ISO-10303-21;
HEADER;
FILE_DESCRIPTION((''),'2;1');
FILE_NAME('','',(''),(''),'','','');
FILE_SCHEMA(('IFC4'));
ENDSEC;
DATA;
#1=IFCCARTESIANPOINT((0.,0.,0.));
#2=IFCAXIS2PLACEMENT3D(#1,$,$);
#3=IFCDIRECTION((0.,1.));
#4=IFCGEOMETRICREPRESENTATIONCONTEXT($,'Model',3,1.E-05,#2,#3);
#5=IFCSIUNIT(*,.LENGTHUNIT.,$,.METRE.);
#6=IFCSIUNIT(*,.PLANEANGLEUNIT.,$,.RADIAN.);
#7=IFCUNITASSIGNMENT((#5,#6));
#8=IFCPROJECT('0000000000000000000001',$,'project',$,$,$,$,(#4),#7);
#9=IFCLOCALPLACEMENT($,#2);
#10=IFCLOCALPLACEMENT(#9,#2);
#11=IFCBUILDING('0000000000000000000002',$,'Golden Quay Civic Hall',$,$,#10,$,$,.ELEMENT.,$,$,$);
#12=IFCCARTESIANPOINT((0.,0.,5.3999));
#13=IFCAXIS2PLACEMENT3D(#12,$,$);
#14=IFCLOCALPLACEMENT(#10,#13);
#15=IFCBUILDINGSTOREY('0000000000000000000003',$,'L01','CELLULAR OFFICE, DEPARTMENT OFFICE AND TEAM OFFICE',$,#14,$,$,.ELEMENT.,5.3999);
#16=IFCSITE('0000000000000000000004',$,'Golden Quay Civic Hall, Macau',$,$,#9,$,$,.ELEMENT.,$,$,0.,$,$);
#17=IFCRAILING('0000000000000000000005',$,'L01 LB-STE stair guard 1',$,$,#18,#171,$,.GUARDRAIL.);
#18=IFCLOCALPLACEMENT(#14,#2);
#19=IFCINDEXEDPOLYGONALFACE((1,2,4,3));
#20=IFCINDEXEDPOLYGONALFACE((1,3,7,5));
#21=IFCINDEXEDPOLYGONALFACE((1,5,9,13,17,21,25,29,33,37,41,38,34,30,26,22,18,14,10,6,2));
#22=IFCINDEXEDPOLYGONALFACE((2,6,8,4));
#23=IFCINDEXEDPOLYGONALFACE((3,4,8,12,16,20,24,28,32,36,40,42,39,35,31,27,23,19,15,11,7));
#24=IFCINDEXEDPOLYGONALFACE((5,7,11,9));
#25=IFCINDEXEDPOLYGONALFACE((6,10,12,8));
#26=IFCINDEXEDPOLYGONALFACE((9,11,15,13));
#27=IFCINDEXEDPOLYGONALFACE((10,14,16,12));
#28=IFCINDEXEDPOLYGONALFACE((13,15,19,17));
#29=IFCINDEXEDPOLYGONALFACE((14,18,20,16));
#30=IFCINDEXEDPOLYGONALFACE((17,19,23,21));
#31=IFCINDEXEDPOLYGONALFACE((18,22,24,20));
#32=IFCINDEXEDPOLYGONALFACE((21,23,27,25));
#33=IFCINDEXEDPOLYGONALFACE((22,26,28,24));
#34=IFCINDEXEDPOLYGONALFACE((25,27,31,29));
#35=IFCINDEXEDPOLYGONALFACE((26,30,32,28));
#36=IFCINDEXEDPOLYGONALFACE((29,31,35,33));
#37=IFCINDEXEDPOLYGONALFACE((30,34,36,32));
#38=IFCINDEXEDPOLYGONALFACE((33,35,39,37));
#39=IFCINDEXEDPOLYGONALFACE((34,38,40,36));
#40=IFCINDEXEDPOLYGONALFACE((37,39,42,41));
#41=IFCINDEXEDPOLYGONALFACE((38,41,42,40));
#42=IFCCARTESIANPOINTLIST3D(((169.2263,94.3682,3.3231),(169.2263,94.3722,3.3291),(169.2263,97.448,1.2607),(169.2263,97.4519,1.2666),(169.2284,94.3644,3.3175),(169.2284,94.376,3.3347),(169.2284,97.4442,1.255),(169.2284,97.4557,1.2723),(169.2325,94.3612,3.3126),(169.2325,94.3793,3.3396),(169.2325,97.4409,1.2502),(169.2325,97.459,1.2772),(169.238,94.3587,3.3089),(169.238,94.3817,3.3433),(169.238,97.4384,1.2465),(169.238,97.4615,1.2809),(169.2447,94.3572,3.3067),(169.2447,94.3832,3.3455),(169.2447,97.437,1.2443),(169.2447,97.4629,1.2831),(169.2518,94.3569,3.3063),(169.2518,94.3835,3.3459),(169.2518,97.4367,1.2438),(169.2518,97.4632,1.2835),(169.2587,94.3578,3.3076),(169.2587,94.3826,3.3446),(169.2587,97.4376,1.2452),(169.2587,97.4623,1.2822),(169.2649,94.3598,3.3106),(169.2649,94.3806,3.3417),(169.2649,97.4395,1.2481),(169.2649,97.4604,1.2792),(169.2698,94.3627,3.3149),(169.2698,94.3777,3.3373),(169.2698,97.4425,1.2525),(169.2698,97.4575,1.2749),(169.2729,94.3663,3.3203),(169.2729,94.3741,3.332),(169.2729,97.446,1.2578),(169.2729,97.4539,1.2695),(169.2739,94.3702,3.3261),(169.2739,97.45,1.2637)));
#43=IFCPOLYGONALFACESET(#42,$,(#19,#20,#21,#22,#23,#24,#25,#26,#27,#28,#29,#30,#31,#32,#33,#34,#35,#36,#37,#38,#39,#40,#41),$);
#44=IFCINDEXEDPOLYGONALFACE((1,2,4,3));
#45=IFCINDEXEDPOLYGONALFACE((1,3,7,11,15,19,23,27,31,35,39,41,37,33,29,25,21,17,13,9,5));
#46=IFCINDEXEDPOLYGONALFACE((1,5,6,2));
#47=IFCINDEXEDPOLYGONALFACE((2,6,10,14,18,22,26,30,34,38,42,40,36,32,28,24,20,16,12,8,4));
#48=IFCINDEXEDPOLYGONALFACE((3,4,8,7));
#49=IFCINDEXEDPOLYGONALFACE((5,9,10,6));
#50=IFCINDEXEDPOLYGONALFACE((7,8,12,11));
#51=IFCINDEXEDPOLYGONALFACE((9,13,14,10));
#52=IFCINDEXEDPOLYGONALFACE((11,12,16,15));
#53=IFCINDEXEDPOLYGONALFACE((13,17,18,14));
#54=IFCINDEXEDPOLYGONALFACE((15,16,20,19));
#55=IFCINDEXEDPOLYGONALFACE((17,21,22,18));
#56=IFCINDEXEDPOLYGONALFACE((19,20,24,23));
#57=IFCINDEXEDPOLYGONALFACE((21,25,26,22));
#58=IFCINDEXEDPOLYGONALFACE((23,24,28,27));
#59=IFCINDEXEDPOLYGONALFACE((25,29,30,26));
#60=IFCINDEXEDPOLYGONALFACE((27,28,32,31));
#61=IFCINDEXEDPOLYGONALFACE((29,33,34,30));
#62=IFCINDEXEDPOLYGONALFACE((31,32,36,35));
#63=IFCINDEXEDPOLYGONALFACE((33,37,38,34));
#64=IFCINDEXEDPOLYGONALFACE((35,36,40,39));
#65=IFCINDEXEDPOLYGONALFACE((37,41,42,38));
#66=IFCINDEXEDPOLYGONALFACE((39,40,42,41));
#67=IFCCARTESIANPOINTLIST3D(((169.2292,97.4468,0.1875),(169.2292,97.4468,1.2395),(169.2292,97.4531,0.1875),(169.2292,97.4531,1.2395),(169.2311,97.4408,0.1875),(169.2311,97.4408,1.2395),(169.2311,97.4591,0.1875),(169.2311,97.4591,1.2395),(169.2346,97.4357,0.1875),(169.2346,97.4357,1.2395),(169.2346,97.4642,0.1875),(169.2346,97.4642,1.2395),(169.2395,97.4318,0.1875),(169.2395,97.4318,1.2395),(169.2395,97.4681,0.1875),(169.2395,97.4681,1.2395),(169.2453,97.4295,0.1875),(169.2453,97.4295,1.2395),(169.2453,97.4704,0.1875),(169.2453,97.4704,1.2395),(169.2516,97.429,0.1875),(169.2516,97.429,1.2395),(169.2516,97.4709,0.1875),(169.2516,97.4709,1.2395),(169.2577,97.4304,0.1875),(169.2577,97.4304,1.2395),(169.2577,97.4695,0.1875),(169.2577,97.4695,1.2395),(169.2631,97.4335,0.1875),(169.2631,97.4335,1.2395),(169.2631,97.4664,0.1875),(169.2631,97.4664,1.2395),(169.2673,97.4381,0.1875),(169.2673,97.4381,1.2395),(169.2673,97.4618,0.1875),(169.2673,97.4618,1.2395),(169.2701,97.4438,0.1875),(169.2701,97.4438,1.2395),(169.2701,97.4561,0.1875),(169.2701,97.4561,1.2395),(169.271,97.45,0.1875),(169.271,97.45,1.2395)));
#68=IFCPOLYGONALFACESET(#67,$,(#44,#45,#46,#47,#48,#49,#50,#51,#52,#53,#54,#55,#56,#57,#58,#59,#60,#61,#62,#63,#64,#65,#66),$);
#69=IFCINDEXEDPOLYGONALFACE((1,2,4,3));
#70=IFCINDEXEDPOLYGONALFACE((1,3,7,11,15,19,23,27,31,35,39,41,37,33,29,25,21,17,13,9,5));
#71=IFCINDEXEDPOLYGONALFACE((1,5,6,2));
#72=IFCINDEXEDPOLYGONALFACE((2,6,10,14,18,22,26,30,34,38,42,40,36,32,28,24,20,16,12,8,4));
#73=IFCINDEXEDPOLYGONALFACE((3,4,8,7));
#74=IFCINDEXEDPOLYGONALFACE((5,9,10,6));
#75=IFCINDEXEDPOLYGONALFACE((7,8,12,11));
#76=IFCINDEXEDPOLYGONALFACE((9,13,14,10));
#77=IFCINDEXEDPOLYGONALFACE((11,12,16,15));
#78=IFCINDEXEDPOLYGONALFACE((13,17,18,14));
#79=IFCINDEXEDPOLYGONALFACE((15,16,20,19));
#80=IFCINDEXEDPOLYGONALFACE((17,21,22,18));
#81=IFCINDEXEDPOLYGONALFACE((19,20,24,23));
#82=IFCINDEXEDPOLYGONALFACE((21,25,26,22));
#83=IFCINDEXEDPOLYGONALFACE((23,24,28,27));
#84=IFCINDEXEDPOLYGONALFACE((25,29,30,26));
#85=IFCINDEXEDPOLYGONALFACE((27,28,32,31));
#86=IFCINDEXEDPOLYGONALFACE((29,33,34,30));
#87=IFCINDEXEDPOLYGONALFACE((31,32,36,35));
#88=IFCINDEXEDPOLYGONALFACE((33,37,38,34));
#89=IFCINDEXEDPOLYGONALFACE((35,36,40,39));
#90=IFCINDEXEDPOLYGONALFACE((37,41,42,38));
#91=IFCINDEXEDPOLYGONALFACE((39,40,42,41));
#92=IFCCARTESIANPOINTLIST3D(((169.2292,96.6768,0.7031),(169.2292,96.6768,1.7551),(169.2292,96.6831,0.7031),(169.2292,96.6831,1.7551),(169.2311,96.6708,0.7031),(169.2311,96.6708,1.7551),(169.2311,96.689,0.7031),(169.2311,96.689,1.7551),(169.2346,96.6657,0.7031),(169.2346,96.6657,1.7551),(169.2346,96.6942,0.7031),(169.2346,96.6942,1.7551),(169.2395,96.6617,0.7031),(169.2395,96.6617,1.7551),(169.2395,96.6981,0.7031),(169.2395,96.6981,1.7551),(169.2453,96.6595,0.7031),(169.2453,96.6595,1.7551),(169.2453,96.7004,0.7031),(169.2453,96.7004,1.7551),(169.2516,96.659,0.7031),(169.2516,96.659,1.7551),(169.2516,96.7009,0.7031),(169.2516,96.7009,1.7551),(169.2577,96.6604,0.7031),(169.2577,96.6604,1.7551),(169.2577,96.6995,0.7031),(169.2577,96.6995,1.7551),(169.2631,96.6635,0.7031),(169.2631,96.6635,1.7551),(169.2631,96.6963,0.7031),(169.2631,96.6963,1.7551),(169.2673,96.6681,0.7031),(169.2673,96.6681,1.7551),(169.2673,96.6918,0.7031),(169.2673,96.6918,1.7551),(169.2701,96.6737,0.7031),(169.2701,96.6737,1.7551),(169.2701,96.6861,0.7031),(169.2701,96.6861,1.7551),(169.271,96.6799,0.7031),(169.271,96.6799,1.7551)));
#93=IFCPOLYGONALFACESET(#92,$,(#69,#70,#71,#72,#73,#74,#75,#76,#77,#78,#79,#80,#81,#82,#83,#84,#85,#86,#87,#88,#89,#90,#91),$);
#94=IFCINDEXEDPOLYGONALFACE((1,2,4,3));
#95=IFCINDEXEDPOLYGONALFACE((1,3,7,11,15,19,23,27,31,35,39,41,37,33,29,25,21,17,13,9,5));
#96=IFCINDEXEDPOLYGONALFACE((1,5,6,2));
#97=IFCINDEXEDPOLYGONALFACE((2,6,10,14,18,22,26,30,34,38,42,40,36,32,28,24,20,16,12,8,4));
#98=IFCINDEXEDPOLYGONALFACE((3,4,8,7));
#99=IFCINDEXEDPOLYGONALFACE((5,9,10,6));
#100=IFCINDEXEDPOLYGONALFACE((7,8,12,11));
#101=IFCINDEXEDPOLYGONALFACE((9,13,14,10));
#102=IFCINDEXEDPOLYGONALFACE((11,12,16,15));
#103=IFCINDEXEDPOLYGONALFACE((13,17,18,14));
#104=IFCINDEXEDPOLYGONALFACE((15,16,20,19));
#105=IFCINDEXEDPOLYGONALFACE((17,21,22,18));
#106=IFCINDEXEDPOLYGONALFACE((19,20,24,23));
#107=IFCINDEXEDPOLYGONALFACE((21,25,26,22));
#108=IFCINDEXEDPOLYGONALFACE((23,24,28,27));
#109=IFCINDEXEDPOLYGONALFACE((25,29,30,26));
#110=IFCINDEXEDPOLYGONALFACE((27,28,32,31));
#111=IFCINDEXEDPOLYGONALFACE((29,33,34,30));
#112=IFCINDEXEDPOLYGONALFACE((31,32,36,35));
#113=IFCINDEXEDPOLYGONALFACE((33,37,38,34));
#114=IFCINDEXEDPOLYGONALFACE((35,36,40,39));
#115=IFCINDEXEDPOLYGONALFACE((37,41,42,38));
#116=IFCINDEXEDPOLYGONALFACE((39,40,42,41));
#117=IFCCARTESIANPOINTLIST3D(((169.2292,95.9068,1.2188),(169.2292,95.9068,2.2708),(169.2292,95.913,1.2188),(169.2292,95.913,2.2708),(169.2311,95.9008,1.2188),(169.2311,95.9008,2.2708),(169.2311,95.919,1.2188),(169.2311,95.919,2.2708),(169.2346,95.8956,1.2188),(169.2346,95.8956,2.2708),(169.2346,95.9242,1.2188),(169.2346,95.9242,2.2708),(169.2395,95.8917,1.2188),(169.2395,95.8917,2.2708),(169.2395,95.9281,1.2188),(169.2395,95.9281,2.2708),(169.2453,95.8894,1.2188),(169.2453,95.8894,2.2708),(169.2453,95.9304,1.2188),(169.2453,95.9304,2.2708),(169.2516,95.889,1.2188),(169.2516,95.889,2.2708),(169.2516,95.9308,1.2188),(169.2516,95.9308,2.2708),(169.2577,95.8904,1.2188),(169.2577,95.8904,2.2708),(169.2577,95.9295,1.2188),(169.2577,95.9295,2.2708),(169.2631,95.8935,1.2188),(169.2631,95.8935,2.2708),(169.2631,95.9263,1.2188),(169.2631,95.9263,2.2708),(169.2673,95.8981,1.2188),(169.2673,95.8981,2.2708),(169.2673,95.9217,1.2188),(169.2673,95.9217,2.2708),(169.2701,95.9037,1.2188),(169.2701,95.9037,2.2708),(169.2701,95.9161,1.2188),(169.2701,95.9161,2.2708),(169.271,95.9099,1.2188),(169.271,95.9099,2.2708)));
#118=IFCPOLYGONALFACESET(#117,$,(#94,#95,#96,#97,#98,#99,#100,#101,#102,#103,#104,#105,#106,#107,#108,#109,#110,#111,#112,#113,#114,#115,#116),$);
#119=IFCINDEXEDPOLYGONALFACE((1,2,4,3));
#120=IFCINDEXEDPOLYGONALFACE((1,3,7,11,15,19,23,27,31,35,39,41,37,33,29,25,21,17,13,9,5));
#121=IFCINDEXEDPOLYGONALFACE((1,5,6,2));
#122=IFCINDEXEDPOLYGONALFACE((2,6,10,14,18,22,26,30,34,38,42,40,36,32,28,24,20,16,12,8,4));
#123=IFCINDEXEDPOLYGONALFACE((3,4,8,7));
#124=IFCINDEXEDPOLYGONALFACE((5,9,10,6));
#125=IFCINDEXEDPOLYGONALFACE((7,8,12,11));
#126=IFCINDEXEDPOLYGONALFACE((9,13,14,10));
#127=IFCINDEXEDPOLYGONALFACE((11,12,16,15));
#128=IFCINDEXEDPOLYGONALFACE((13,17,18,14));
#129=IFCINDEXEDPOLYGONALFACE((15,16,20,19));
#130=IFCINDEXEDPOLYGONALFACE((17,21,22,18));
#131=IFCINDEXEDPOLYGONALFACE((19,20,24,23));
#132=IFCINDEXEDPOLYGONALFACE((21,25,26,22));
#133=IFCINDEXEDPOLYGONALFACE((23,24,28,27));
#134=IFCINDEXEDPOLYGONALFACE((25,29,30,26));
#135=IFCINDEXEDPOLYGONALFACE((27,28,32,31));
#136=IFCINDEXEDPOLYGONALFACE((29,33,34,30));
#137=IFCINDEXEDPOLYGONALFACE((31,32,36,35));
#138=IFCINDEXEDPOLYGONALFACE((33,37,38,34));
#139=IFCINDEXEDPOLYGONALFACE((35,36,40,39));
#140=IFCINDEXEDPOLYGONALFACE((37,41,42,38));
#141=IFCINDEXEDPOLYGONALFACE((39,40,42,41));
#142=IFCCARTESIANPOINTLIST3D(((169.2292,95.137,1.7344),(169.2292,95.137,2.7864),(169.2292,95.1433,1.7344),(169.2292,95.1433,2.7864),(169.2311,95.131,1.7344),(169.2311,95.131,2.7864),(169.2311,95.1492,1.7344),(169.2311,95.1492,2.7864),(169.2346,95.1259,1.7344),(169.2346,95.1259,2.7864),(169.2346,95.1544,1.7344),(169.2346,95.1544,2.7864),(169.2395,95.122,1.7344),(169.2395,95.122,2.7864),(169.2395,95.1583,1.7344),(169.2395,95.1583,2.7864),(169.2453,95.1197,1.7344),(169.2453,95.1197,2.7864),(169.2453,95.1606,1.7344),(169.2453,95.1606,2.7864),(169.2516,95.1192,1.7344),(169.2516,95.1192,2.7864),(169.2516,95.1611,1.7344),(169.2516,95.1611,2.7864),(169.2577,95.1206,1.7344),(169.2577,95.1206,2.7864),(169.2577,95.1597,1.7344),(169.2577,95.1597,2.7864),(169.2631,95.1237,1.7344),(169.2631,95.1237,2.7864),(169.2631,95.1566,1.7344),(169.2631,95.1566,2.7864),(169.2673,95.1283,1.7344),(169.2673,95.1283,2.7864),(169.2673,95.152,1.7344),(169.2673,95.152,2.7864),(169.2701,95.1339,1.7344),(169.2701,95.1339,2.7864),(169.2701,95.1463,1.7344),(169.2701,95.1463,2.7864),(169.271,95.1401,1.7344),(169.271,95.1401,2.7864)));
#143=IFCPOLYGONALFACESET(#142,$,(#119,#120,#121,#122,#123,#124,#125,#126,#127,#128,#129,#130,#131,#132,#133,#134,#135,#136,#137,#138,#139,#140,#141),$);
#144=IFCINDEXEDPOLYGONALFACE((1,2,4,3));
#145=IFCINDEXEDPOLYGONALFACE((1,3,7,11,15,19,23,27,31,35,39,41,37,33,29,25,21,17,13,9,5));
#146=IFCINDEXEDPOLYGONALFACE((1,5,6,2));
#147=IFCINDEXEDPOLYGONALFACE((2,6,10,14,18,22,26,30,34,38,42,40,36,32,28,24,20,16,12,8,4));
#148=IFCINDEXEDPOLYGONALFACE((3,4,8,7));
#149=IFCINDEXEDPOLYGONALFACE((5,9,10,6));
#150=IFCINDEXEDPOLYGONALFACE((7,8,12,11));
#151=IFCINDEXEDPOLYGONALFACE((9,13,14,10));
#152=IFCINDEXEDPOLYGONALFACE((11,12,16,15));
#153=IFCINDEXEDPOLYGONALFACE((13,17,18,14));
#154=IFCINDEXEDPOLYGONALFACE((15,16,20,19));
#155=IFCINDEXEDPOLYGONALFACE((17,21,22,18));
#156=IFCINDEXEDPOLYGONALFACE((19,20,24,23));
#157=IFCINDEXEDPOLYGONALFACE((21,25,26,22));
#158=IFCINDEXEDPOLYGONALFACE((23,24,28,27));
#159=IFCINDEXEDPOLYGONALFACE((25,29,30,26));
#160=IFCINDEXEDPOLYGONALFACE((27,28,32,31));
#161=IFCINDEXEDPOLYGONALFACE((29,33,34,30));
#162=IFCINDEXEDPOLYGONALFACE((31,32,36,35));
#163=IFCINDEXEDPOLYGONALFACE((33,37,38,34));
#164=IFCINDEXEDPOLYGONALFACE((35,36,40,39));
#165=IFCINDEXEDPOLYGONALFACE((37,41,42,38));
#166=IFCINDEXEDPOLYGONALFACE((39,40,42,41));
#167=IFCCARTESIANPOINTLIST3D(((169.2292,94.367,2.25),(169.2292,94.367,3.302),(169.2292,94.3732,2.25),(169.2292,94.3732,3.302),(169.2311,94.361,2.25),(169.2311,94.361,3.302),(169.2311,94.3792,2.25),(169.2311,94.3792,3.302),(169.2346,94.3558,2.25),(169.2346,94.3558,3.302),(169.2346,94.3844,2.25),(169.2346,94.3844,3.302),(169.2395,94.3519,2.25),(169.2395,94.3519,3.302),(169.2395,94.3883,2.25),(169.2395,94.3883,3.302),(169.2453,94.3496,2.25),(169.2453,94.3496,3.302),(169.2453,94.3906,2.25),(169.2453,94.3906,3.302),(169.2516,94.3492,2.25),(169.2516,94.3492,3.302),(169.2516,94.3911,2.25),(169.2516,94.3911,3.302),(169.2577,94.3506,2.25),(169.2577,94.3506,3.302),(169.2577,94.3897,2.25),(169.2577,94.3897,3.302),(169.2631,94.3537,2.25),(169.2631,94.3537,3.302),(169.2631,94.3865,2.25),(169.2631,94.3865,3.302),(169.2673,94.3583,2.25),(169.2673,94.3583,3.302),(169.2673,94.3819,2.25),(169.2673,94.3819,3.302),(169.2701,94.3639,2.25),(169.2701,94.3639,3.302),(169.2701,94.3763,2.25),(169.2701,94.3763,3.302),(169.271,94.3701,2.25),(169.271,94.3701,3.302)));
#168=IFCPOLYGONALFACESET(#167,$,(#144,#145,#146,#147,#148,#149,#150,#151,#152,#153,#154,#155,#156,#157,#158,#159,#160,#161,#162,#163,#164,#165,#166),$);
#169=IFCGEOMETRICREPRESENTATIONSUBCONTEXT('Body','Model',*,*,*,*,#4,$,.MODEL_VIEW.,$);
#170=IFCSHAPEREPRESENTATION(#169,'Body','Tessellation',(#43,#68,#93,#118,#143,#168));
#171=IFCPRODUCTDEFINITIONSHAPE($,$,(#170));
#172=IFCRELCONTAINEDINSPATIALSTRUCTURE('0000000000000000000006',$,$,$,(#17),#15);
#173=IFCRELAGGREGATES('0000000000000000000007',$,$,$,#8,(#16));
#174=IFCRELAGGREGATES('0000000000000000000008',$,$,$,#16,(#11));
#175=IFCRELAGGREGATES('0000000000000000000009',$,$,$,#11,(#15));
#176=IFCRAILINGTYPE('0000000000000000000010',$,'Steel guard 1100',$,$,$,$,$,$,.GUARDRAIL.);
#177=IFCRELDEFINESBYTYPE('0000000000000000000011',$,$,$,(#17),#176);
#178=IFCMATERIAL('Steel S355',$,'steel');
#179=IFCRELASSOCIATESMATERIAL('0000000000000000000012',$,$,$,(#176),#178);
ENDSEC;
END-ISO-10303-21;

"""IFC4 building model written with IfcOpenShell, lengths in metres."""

from ifc_helpers import new_model, si_unit, direction, frame, origin, origin_2d, place, context, subcontext, project, spatial, circle, extrude, material, type_object, element, save


model = new_model("IFC4")

# Units and contexts
model_context = context("Model", 3, precision=1e-05, world=origin(), true_north=direction((0.0, 1.0)))
body_context = subcontext(model_context, "Body", "Model", "MODEL_VIEW")
ifc_project = project(units=[si_unit("LENGTHUNIT", "METRE"), si_unit("PLANEANGLEUNIT", "RADIAN")], contexts=[model_context])

# Site, building, storey
site_placement = place(None, origin())
site = spatial("IfcSite", under=ifc_project, at=site_placement, Name="Golden Quay Civic Hall, Macau", CompositionType="ELEMENT", RefElevation=0.0)
building_placement = place(site_placement, origin())
building = spatial("IfcBuilding", under=site, at=building_placement, Name="Golden Quay Civic Hall", CompositionType="ELEMENT")
storey_placement = place(building_placement, frame((0.0, 0.0, 5.3999)))
storey = spatial("IfcBuildingStorey", under=building, at=storey_placement, Name="L01", Description="CELLULAR OFFICE, DEPARTMENT OFFICE AND TEAM OFFICE", CompositionType="ELEMENT", Elevation=5.3999)

# Railing
ifc_material_1 = material(Name="Steel S355", Category="steel")
railing_type_1 = type_object("IfcRailingType", Name="Steel guard 1100", PredefinedType="GUARDRAIL", material=ifc_material_1)
railing_1_placement = place(storey_placement, frame((169.25, 97.45, 0.1875)))
element("IfcRailing", 1, at=railing_1_placement, inside=storey, type_object=railing_type_1, Name="L01 LB-STE stair guard 1", PredefinedType="GUARDRAIL", context=body_context, shape_type="SweptSolid", body=[
    extrude(circle(Radius=0.0239, at=origin_2d()), frame((0.0, 0.0, 1.0762), z_axis=(0.0, -0.830893, 0.556432), x_axis=(1.0, 0.0, 0.0)), (0.0, 0.0, 1.0), 3.7065),
    extrude(circle(Radius=0.021, at=origin_2d()), origin(), (0.0, 0.0, 1.0), 1.052),
    extrude(circle(Radius=0.021, at=origin_2d()), frame((0.0, -0.77, 0.5156)), (0.0, 0.0, 1.0), 1.052),
    extrude(circle(Radius=0.021, at=origin_2d()), frame((0.0, -1.54, 1.0312)), (0.0, 0.0, 1.0), 1.052),
    extrude(circle(Radius=0.021, at=origin_2d()), frame((0.0, -2.3098, 1.5469)), (0.0, 0.0, 1.0), 1.052),
    extrude(circle(Radius=0.021, at=origin_2d()), frame((0.0, -3.0798, 2.0625)), (0.0, 0.0, 1.0), 1.052),
])

save(model, "model.ifc")
